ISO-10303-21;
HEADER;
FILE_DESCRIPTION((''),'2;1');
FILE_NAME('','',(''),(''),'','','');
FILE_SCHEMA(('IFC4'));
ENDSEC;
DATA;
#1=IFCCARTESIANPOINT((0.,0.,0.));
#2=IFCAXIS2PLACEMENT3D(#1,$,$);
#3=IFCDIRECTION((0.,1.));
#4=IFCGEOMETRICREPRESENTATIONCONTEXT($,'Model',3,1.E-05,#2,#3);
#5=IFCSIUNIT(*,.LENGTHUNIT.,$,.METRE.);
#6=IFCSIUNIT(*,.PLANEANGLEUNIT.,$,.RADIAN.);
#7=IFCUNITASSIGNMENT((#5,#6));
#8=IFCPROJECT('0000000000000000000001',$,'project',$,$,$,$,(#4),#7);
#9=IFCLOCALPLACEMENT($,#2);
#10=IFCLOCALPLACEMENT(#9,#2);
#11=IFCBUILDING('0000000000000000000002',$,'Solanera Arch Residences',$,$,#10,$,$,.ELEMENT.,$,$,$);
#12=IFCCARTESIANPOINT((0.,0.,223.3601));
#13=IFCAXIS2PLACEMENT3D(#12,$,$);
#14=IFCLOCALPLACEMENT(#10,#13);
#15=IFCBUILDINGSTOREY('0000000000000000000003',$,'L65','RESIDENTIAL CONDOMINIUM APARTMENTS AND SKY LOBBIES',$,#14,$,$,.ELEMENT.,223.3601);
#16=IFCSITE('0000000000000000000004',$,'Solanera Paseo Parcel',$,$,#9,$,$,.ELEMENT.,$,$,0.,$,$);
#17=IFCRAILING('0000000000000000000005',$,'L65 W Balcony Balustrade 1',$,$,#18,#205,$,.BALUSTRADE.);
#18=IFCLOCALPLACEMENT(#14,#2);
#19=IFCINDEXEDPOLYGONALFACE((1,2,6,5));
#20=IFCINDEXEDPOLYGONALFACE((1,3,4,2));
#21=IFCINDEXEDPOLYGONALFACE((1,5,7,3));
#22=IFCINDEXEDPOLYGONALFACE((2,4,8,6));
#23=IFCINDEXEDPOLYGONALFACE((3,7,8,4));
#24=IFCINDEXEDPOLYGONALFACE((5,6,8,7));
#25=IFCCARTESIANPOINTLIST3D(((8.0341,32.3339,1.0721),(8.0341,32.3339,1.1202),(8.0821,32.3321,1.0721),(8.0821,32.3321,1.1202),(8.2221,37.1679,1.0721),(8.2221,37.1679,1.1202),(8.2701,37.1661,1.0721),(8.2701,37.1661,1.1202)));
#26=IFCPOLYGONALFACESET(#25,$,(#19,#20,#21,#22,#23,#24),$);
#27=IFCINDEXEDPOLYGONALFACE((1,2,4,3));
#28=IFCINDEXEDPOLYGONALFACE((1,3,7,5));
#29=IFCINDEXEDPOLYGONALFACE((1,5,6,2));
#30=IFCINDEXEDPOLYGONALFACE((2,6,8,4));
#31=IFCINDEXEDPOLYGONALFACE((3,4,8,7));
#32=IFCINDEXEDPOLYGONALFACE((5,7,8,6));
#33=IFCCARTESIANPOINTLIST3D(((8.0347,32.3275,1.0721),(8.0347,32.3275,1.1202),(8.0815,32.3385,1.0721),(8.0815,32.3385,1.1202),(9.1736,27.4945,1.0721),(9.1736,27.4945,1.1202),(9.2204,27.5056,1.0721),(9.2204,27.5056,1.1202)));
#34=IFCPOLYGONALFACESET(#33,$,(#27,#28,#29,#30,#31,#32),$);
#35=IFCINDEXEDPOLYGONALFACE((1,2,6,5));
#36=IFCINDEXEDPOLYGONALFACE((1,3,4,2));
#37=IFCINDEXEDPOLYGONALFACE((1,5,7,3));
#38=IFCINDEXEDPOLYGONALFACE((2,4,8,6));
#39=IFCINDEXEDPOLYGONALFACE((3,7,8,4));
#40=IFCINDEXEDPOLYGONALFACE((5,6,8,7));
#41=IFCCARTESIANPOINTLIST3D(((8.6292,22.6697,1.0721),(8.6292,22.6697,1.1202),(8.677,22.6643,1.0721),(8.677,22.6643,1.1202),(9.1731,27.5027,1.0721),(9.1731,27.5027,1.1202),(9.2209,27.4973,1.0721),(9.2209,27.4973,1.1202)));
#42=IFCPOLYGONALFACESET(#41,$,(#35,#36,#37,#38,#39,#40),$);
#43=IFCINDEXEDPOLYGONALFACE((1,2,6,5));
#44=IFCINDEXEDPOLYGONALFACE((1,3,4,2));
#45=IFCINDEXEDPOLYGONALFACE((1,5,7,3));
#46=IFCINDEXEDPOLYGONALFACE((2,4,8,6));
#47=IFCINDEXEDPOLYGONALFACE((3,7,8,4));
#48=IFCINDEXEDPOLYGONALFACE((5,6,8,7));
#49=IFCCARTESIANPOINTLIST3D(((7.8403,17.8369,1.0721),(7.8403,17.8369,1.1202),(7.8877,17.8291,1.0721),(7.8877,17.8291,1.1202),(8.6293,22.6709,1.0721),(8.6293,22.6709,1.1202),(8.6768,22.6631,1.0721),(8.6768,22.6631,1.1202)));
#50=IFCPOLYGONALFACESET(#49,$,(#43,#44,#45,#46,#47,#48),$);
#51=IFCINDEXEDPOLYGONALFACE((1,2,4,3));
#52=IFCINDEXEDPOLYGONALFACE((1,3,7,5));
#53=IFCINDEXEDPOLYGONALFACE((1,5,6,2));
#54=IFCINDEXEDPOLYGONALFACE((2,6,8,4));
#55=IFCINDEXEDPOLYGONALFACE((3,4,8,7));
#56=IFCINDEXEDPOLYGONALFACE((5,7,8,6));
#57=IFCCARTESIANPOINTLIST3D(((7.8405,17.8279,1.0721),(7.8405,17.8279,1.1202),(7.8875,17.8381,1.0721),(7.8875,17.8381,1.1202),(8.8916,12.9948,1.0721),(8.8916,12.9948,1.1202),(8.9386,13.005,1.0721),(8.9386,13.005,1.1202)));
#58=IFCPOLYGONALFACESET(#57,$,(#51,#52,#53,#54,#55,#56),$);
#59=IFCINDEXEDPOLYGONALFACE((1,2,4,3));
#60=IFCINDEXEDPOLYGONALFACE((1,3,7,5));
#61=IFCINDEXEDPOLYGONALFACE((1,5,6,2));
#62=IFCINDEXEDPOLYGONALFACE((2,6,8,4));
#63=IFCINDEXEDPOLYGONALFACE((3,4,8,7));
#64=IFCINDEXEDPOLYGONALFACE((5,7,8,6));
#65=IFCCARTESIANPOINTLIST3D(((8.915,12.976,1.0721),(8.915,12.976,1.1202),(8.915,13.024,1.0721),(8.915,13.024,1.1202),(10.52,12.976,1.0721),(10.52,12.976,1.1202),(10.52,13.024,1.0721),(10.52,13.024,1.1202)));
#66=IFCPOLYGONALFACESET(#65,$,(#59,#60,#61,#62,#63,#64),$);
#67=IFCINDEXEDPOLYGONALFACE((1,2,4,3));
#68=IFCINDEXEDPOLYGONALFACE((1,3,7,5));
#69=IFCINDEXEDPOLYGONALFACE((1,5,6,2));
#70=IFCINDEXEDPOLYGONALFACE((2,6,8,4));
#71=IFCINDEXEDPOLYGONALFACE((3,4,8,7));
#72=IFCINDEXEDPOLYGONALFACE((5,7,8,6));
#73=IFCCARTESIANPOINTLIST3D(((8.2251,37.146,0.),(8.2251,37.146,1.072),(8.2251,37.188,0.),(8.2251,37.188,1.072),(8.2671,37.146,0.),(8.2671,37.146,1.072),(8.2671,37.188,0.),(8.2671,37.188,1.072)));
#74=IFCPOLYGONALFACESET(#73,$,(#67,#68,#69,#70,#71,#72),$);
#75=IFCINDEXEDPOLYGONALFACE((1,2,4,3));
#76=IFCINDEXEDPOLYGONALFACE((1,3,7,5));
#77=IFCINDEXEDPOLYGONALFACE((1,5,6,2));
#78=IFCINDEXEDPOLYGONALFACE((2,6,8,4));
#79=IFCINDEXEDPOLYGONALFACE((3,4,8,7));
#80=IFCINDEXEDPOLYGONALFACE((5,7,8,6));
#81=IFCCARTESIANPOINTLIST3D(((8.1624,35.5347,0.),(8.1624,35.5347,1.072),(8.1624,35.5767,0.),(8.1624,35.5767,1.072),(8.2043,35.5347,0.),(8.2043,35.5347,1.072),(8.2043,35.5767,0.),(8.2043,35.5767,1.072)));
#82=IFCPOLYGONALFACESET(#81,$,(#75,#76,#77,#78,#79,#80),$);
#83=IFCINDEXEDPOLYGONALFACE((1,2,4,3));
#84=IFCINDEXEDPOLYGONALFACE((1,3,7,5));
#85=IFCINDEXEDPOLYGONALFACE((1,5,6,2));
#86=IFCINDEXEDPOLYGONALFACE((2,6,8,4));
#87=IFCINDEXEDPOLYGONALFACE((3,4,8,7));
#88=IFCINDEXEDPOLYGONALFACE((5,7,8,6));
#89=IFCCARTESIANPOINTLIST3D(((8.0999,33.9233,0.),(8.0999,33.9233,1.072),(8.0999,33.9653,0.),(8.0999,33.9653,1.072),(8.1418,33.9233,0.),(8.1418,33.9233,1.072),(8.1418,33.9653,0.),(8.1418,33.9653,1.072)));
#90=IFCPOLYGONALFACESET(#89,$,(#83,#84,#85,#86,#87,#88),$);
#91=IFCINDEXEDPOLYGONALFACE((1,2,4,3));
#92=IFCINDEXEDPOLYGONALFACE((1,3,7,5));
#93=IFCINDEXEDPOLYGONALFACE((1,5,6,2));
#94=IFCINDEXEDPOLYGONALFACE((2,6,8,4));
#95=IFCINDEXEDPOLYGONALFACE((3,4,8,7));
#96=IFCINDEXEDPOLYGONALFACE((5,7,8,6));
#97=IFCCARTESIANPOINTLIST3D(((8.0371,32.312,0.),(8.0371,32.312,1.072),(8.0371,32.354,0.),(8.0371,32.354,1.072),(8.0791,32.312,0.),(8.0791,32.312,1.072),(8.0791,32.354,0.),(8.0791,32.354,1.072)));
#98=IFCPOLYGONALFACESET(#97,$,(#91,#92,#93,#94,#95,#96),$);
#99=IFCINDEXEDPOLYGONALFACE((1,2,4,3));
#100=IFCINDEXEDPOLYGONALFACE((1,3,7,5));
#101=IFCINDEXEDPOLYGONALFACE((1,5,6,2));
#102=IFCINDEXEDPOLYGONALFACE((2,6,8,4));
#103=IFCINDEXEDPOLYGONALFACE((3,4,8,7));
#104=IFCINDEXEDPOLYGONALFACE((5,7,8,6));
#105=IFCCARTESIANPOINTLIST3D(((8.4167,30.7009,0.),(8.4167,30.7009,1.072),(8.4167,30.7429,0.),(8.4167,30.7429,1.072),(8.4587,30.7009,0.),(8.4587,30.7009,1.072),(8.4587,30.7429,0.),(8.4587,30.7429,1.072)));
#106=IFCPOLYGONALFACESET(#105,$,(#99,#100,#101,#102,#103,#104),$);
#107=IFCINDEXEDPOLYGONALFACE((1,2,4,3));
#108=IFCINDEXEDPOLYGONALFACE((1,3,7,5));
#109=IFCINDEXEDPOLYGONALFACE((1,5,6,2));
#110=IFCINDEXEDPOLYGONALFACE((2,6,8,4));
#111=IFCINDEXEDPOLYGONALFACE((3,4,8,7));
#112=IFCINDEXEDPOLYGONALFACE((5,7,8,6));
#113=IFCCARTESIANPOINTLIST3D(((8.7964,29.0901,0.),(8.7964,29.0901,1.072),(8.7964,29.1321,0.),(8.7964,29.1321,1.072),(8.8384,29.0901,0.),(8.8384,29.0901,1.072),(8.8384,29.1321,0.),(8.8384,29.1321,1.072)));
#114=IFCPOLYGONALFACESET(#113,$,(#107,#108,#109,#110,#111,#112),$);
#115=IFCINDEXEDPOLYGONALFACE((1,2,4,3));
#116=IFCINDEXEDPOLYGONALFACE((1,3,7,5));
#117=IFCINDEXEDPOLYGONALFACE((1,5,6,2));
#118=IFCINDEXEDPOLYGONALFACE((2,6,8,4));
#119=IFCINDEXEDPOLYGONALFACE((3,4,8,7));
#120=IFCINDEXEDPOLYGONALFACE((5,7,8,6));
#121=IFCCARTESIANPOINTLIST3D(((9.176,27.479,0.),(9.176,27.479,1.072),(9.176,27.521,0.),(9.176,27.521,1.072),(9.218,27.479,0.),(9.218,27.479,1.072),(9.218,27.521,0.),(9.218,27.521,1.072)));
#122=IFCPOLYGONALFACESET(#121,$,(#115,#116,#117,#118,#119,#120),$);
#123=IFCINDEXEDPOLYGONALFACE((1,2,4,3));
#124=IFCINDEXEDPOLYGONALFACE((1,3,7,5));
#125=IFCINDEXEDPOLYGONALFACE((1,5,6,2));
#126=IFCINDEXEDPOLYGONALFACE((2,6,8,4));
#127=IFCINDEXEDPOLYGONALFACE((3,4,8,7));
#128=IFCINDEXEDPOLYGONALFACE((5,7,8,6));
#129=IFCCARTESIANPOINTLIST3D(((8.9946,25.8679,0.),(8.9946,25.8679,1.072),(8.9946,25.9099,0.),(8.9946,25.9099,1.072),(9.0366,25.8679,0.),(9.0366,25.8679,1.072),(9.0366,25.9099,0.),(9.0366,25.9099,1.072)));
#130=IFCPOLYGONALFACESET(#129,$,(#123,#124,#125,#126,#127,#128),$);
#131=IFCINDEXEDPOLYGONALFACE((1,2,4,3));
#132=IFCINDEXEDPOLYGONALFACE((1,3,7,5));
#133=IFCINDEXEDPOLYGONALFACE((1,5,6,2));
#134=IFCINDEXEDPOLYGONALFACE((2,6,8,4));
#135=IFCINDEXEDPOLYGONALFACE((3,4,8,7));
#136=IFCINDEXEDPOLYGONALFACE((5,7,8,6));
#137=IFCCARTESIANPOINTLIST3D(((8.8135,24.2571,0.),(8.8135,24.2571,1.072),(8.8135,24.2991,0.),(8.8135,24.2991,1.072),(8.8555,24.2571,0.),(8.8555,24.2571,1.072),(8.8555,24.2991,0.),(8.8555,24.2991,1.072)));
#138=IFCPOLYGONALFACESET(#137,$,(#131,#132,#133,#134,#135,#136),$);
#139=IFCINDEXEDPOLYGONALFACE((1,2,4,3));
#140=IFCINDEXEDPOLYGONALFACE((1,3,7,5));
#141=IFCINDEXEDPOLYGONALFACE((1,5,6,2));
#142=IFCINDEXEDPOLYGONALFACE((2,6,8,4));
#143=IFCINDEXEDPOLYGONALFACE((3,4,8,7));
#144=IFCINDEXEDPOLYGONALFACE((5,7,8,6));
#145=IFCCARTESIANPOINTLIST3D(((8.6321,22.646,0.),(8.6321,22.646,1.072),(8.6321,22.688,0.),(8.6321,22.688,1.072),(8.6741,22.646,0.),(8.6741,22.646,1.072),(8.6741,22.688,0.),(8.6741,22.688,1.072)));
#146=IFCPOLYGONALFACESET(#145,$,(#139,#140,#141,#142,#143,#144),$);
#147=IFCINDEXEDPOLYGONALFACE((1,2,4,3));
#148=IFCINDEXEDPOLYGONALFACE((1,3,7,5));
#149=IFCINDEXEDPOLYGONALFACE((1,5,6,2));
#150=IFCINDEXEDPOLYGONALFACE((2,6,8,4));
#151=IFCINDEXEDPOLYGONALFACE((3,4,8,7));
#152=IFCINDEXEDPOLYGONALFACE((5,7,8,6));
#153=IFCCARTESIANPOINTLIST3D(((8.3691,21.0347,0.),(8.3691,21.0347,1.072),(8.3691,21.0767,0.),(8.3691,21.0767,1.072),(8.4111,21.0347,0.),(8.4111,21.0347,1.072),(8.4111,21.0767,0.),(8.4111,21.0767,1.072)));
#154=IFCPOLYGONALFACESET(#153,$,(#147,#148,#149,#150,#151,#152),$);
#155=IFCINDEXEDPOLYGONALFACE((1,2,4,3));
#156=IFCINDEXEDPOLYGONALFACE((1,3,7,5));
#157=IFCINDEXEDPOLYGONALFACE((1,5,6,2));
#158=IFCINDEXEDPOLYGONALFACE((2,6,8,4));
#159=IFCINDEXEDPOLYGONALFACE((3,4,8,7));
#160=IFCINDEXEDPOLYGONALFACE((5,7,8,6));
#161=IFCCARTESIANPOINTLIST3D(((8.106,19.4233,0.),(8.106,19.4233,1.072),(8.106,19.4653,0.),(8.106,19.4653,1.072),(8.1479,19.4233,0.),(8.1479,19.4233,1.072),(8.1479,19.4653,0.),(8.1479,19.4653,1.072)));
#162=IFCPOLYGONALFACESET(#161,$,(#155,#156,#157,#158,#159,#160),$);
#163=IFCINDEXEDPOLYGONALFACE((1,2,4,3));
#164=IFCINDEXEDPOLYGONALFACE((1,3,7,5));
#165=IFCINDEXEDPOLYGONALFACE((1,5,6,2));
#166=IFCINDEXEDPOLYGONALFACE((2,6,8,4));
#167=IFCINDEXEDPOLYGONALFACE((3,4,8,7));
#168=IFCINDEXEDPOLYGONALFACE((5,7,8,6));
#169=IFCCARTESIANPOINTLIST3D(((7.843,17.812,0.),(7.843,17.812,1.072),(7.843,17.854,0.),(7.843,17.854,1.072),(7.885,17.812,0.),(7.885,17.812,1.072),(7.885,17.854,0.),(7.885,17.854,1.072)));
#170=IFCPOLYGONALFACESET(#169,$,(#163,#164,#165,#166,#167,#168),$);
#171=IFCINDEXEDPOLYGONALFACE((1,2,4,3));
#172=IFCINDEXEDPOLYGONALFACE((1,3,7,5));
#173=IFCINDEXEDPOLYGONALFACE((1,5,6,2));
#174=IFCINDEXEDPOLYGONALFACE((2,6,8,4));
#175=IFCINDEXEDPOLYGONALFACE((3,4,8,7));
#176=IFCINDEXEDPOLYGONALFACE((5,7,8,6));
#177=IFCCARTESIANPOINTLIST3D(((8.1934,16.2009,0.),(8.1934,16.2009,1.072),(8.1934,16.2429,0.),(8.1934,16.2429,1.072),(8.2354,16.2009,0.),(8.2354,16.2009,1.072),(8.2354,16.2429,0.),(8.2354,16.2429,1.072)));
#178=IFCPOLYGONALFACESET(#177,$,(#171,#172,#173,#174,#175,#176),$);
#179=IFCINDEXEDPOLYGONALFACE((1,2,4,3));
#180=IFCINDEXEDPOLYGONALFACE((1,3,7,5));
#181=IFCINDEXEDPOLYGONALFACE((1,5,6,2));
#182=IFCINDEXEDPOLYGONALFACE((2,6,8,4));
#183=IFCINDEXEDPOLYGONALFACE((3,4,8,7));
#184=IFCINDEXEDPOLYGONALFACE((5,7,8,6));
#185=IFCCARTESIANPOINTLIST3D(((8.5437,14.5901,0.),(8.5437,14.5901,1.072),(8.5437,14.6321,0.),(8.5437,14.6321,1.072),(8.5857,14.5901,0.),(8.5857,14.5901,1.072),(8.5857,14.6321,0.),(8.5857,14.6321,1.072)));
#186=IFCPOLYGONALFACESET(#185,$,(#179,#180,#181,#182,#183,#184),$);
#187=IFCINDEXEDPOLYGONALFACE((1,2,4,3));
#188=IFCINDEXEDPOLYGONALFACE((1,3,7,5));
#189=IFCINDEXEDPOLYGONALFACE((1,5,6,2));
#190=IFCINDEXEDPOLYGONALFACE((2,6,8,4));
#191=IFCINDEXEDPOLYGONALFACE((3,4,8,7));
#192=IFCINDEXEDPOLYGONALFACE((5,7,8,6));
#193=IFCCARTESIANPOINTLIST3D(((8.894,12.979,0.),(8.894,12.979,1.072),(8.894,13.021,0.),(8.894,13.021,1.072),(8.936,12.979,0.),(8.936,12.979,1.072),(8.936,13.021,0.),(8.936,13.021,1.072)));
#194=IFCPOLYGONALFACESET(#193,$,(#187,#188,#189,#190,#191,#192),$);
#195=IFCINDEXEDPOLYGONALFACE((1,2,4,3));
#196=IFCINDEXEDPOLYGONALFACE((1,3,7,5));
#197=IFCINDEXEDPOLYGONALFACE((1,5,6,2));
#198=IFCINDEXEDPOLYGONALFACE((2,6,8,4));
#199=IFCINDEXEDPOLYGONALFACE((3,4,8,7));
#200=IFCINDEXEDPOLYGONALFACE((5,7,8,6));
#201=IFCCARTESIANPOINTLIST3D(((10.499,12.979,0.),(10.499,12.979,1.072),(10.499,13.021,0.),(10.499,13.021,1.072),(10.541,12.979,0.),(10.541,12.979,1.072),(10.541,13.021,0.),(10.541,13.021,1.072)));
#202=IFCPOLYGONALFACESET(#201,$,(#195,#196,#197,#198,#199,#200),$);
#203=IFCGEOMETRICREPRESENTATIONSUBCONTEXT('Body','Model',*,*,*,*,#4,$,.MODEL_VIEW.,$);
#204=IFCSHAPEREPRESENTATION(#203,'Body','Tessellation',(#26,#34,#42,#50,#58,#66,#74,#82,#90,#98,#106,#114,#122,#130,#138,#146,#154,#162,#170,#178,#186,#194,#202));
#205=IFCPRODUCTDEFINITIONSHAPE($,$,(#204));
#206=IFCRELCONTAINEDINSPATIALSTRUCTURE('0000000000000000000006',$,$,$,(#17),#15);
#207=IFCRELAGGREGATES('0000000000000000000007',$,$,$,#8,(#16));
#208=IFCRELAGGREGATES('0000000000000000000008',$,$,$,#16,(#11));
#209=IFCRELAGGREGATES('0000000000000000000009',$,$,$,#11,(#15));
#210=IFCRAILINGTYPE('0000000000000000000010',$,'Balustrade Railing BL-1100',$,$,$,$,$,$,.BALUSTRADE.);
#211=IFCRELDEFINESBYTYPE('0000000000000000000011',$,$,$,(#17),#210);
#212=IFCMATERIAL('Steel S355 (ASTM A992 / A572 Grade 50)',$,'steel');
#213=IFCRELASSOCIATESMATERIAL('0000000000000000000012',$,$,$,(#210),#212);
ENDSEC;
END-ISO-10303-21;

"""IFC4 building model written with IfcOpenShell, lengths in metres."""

from ifc_helpers import new_model, si_unit, direction, frame, origin, origin_2d, place, context, subcontext, project, spatial, rectangle, extrude, material, type_object, element, save


model = new_model("IFC4")

# Units and contexts
model_context = context("Model", 3, precision=1e-05, world=origin(), true_north=direction((0.0, 1.0)))
body_context = subcontext(model_context, "Body", "Model", "MODEL_VIEW")
ifc_project = project(units=[si_unit("LENGTHUNIT", "METRE"), si_unit("PLANEANGLEUNIT", "RADIAN")], contexts=[model_context])

# Site, building, storey
site_placement = place(None, origin())
site = spatial("IfcSite", under=ifc_project, at=site_placement, Name="Solanera Paseo Parcel", CompositionType="ELEMENT", RefElevation=0.0)
building_placement = place(site_placement, origin())
building = spatial("IfcBuilding", under=site, at=building_placement, Name="Solanera Arch Residences", CompositionType="ELEMENT")
storey_placement = place(building_placement, frame((0.0, 0.0, 223.3601)))
storey = spatial("IfcBuildingStorey", under=building, at=storey_placement, Name="L65", Description="RESIDENTIAL CONDOMINIUM APARTMENTS AND SKY LOBBIES", CompositionType="ELEMENT", Elevation=223.3601)

# Railing
ifc_material_1 = material(Name="Steel S355 (ASTM A992 / A572 Grade 50)", Category="steel")
railing_type_1 = type_object("IfcRailingType", Name="Balustrade Railing BL-1100", PredefinedType="BALUSTRADE", material=ifc_material_1)
railing_1_placement = place(storey_placement, frame((8.2461, 37.167, 0.0)))
element("IfcRailing", 1, at=railing_1_placement, inside=storey, type_object=railing_type_1, Name="L65 W Balcony Balustrade 1", PredefinedType="BALUSTRADE", context=body_context, shape_type="SweptSolid", body=[
    extrude(rectangle(XDim=0.0481, YDim=0.0481, at=origin_2d()), frame((0.0, 0.0, 1.0962), z_axis=(-0.03886, -0.999245, 0.0), x_axis=(0.999245, -0.03886, 0.0)), (0.0, 0.0, 1.0), 4.8376),
    extrude(rectangle(XDim=0.0481, YDim=0.0481, at=origin_2d()), frame((-0.188, -4.834, 1.0962), z_axis=(0.229371, -0.973339, 0.0), x_axis=(0.973339, 0.229371, 0.0)), (0.0, 0.0, 1.0), 4.9653),
    extrude(rectangle(XDim=0.0481, YDim=0.0481, at=origin_2d()), frame((0.9509, -9.667, 1.0962), z_axis=(-0.111842, -0.993726, 0.0), x_axis=(0.993726, -0.111842, 0.0)), (0.0, 0.0, 1.0), 4.8635),
    extrude(rectangle(XDim=0.0481, YDim=0.0481, at=origin_2d()), frame((0.407, -14.5, 1.0962), z_axis=(-0.1611, -0.986938, 0.0), x_axis=(0.986938, -0.1611, 0.0)), (0.0, 0.0, 1.0), 4.8979),
    extrude(rectangle(XDim=0.0481, YDim=0.0481, at=origin_2d()), frame((-0.3821, -19.334, 1.0962), z_axis=(0.212501, -0.977161, 0.0), x_axis=(0.977161, 0.212501, 0.0)), (0.0, 0.0, 1.0), 4.946),
    extrude(rectangle(XDim=0.0481, YDim=0.0481, at=origin_2d()), frame((0.6689, -24.167, 1.0962), z_axis=(1.0, 0.0, 0.0), x_axis=(0.0, 1.0, 0.0)), (0.0, 0.0, 1.0), 1.605),
    extrude(rectangle(XDim=0.042, YDim=0.042, at=origin_2d()), origin(), (0.0, 0.0, 1.0), 1.072),
    extrude(rectangle(XDim=0.042, YDim=0.042, at=origin_2d()), frame((-0.0627, -1.6113, 0.0)), (0.0, 0.0, 1.0), 1.072),
    extrude(rectangle(XDim=0.042, YDim=0.042, at=origin_2d()), frame((-0.1252, -3.2227, 0.0)), (0.0, 0.0, 1.0), 1.072),
    extrude(rectangle(XDim=0.042, YDim=0.042, at=origin_2d()), frame((-0.188, -4.834, 0.0)), (0.0, 0.0, 1.0), 1.072),
    extrude(rectangle(XDim=0.042, YDim=0.042, at=origin_2d()), frame((0.1917, -6.4451, 0.0)), (0.0, 0.0, 1.0), 1.072),
    extrude(rectangle(XDim=0.042, YDim=0.042, at=origin_2d()), frame((0.5713, -8.0559, 0.0)), (0.0, 0.0, 1.0), 1.072),
    extrude(rectangle(XDim=0.042, YDim=0.042, at=origin_2d()), frame((0.9509, -9.667, 0.0)), (0.0, 0.0, 1.0), 1.072),
    extrude(rectangle(XDim=0.042, YDim=0.042, at=origin_2d()), frame((0.7695, -11.2781, 0.0)), (0.0, 0.0, 1.0), 1.072),
    extrude(rectangle(XDim=0.042, YDim=0.042, at=origin_2d()), frame((0.5884, -12.8889, 0.0)), (0.0, 0.0, 1.0), 1.072),
    extrude(rectangle(XDim=0.042, YDim=0.042, at=origin_2d()), frame((0.407, -14.5, 0.0)), (0.0, 0.0, 1.0), 1.072),
    extrude(rectangle(XDim=0.042, YDim=0.042, at=origin_2d()), frame((0.144, -16.1113, 0.0)), (0.0, 0.0, 1.0), 1.072),
    extrude(rectangle(XDim=0.042, YDim=0.042, at=origin_2d()), frame((-0.1191, -17.7227, 0.0)), (0.0, 0.0, 1.0), 1.072),
    extrude(rectangle(XDim=0.042, YDim=0.042, at=origin_2d()), frame((-0.3821, -19.334, 0.0)), (0.0, 0.0, 1.0), 1.072),
    extrude(rectangle(XDim=0.042, YDim=0.042, at=origin_2d()), frame((-0.0317, -20.9451, 0.0)), (0.0, 0.0, 1.0), 1.072),
    extrude(rectangle(XDim=0.042, YDim=0.042, at=origin_2d()), frame((0.3186, -22.5559, 0.0)), (0.0, 0.0, 1.0), 1.072),
    extrude(rectangle(XDim=0.042, YDim=0.042, at=origin_2d()), frame((0.6689, -24.167, 0.0)), (0.0, 0.0, 1.0), 1.072),
    extrude(rectangle(XDim=0.042, YDim=0.042, at=origin_2d()), frame((2.2739, -24.167, 0.0)), (0.0, 0.0, 1.0), 1.072),
])

save(model, "model.ifc")
